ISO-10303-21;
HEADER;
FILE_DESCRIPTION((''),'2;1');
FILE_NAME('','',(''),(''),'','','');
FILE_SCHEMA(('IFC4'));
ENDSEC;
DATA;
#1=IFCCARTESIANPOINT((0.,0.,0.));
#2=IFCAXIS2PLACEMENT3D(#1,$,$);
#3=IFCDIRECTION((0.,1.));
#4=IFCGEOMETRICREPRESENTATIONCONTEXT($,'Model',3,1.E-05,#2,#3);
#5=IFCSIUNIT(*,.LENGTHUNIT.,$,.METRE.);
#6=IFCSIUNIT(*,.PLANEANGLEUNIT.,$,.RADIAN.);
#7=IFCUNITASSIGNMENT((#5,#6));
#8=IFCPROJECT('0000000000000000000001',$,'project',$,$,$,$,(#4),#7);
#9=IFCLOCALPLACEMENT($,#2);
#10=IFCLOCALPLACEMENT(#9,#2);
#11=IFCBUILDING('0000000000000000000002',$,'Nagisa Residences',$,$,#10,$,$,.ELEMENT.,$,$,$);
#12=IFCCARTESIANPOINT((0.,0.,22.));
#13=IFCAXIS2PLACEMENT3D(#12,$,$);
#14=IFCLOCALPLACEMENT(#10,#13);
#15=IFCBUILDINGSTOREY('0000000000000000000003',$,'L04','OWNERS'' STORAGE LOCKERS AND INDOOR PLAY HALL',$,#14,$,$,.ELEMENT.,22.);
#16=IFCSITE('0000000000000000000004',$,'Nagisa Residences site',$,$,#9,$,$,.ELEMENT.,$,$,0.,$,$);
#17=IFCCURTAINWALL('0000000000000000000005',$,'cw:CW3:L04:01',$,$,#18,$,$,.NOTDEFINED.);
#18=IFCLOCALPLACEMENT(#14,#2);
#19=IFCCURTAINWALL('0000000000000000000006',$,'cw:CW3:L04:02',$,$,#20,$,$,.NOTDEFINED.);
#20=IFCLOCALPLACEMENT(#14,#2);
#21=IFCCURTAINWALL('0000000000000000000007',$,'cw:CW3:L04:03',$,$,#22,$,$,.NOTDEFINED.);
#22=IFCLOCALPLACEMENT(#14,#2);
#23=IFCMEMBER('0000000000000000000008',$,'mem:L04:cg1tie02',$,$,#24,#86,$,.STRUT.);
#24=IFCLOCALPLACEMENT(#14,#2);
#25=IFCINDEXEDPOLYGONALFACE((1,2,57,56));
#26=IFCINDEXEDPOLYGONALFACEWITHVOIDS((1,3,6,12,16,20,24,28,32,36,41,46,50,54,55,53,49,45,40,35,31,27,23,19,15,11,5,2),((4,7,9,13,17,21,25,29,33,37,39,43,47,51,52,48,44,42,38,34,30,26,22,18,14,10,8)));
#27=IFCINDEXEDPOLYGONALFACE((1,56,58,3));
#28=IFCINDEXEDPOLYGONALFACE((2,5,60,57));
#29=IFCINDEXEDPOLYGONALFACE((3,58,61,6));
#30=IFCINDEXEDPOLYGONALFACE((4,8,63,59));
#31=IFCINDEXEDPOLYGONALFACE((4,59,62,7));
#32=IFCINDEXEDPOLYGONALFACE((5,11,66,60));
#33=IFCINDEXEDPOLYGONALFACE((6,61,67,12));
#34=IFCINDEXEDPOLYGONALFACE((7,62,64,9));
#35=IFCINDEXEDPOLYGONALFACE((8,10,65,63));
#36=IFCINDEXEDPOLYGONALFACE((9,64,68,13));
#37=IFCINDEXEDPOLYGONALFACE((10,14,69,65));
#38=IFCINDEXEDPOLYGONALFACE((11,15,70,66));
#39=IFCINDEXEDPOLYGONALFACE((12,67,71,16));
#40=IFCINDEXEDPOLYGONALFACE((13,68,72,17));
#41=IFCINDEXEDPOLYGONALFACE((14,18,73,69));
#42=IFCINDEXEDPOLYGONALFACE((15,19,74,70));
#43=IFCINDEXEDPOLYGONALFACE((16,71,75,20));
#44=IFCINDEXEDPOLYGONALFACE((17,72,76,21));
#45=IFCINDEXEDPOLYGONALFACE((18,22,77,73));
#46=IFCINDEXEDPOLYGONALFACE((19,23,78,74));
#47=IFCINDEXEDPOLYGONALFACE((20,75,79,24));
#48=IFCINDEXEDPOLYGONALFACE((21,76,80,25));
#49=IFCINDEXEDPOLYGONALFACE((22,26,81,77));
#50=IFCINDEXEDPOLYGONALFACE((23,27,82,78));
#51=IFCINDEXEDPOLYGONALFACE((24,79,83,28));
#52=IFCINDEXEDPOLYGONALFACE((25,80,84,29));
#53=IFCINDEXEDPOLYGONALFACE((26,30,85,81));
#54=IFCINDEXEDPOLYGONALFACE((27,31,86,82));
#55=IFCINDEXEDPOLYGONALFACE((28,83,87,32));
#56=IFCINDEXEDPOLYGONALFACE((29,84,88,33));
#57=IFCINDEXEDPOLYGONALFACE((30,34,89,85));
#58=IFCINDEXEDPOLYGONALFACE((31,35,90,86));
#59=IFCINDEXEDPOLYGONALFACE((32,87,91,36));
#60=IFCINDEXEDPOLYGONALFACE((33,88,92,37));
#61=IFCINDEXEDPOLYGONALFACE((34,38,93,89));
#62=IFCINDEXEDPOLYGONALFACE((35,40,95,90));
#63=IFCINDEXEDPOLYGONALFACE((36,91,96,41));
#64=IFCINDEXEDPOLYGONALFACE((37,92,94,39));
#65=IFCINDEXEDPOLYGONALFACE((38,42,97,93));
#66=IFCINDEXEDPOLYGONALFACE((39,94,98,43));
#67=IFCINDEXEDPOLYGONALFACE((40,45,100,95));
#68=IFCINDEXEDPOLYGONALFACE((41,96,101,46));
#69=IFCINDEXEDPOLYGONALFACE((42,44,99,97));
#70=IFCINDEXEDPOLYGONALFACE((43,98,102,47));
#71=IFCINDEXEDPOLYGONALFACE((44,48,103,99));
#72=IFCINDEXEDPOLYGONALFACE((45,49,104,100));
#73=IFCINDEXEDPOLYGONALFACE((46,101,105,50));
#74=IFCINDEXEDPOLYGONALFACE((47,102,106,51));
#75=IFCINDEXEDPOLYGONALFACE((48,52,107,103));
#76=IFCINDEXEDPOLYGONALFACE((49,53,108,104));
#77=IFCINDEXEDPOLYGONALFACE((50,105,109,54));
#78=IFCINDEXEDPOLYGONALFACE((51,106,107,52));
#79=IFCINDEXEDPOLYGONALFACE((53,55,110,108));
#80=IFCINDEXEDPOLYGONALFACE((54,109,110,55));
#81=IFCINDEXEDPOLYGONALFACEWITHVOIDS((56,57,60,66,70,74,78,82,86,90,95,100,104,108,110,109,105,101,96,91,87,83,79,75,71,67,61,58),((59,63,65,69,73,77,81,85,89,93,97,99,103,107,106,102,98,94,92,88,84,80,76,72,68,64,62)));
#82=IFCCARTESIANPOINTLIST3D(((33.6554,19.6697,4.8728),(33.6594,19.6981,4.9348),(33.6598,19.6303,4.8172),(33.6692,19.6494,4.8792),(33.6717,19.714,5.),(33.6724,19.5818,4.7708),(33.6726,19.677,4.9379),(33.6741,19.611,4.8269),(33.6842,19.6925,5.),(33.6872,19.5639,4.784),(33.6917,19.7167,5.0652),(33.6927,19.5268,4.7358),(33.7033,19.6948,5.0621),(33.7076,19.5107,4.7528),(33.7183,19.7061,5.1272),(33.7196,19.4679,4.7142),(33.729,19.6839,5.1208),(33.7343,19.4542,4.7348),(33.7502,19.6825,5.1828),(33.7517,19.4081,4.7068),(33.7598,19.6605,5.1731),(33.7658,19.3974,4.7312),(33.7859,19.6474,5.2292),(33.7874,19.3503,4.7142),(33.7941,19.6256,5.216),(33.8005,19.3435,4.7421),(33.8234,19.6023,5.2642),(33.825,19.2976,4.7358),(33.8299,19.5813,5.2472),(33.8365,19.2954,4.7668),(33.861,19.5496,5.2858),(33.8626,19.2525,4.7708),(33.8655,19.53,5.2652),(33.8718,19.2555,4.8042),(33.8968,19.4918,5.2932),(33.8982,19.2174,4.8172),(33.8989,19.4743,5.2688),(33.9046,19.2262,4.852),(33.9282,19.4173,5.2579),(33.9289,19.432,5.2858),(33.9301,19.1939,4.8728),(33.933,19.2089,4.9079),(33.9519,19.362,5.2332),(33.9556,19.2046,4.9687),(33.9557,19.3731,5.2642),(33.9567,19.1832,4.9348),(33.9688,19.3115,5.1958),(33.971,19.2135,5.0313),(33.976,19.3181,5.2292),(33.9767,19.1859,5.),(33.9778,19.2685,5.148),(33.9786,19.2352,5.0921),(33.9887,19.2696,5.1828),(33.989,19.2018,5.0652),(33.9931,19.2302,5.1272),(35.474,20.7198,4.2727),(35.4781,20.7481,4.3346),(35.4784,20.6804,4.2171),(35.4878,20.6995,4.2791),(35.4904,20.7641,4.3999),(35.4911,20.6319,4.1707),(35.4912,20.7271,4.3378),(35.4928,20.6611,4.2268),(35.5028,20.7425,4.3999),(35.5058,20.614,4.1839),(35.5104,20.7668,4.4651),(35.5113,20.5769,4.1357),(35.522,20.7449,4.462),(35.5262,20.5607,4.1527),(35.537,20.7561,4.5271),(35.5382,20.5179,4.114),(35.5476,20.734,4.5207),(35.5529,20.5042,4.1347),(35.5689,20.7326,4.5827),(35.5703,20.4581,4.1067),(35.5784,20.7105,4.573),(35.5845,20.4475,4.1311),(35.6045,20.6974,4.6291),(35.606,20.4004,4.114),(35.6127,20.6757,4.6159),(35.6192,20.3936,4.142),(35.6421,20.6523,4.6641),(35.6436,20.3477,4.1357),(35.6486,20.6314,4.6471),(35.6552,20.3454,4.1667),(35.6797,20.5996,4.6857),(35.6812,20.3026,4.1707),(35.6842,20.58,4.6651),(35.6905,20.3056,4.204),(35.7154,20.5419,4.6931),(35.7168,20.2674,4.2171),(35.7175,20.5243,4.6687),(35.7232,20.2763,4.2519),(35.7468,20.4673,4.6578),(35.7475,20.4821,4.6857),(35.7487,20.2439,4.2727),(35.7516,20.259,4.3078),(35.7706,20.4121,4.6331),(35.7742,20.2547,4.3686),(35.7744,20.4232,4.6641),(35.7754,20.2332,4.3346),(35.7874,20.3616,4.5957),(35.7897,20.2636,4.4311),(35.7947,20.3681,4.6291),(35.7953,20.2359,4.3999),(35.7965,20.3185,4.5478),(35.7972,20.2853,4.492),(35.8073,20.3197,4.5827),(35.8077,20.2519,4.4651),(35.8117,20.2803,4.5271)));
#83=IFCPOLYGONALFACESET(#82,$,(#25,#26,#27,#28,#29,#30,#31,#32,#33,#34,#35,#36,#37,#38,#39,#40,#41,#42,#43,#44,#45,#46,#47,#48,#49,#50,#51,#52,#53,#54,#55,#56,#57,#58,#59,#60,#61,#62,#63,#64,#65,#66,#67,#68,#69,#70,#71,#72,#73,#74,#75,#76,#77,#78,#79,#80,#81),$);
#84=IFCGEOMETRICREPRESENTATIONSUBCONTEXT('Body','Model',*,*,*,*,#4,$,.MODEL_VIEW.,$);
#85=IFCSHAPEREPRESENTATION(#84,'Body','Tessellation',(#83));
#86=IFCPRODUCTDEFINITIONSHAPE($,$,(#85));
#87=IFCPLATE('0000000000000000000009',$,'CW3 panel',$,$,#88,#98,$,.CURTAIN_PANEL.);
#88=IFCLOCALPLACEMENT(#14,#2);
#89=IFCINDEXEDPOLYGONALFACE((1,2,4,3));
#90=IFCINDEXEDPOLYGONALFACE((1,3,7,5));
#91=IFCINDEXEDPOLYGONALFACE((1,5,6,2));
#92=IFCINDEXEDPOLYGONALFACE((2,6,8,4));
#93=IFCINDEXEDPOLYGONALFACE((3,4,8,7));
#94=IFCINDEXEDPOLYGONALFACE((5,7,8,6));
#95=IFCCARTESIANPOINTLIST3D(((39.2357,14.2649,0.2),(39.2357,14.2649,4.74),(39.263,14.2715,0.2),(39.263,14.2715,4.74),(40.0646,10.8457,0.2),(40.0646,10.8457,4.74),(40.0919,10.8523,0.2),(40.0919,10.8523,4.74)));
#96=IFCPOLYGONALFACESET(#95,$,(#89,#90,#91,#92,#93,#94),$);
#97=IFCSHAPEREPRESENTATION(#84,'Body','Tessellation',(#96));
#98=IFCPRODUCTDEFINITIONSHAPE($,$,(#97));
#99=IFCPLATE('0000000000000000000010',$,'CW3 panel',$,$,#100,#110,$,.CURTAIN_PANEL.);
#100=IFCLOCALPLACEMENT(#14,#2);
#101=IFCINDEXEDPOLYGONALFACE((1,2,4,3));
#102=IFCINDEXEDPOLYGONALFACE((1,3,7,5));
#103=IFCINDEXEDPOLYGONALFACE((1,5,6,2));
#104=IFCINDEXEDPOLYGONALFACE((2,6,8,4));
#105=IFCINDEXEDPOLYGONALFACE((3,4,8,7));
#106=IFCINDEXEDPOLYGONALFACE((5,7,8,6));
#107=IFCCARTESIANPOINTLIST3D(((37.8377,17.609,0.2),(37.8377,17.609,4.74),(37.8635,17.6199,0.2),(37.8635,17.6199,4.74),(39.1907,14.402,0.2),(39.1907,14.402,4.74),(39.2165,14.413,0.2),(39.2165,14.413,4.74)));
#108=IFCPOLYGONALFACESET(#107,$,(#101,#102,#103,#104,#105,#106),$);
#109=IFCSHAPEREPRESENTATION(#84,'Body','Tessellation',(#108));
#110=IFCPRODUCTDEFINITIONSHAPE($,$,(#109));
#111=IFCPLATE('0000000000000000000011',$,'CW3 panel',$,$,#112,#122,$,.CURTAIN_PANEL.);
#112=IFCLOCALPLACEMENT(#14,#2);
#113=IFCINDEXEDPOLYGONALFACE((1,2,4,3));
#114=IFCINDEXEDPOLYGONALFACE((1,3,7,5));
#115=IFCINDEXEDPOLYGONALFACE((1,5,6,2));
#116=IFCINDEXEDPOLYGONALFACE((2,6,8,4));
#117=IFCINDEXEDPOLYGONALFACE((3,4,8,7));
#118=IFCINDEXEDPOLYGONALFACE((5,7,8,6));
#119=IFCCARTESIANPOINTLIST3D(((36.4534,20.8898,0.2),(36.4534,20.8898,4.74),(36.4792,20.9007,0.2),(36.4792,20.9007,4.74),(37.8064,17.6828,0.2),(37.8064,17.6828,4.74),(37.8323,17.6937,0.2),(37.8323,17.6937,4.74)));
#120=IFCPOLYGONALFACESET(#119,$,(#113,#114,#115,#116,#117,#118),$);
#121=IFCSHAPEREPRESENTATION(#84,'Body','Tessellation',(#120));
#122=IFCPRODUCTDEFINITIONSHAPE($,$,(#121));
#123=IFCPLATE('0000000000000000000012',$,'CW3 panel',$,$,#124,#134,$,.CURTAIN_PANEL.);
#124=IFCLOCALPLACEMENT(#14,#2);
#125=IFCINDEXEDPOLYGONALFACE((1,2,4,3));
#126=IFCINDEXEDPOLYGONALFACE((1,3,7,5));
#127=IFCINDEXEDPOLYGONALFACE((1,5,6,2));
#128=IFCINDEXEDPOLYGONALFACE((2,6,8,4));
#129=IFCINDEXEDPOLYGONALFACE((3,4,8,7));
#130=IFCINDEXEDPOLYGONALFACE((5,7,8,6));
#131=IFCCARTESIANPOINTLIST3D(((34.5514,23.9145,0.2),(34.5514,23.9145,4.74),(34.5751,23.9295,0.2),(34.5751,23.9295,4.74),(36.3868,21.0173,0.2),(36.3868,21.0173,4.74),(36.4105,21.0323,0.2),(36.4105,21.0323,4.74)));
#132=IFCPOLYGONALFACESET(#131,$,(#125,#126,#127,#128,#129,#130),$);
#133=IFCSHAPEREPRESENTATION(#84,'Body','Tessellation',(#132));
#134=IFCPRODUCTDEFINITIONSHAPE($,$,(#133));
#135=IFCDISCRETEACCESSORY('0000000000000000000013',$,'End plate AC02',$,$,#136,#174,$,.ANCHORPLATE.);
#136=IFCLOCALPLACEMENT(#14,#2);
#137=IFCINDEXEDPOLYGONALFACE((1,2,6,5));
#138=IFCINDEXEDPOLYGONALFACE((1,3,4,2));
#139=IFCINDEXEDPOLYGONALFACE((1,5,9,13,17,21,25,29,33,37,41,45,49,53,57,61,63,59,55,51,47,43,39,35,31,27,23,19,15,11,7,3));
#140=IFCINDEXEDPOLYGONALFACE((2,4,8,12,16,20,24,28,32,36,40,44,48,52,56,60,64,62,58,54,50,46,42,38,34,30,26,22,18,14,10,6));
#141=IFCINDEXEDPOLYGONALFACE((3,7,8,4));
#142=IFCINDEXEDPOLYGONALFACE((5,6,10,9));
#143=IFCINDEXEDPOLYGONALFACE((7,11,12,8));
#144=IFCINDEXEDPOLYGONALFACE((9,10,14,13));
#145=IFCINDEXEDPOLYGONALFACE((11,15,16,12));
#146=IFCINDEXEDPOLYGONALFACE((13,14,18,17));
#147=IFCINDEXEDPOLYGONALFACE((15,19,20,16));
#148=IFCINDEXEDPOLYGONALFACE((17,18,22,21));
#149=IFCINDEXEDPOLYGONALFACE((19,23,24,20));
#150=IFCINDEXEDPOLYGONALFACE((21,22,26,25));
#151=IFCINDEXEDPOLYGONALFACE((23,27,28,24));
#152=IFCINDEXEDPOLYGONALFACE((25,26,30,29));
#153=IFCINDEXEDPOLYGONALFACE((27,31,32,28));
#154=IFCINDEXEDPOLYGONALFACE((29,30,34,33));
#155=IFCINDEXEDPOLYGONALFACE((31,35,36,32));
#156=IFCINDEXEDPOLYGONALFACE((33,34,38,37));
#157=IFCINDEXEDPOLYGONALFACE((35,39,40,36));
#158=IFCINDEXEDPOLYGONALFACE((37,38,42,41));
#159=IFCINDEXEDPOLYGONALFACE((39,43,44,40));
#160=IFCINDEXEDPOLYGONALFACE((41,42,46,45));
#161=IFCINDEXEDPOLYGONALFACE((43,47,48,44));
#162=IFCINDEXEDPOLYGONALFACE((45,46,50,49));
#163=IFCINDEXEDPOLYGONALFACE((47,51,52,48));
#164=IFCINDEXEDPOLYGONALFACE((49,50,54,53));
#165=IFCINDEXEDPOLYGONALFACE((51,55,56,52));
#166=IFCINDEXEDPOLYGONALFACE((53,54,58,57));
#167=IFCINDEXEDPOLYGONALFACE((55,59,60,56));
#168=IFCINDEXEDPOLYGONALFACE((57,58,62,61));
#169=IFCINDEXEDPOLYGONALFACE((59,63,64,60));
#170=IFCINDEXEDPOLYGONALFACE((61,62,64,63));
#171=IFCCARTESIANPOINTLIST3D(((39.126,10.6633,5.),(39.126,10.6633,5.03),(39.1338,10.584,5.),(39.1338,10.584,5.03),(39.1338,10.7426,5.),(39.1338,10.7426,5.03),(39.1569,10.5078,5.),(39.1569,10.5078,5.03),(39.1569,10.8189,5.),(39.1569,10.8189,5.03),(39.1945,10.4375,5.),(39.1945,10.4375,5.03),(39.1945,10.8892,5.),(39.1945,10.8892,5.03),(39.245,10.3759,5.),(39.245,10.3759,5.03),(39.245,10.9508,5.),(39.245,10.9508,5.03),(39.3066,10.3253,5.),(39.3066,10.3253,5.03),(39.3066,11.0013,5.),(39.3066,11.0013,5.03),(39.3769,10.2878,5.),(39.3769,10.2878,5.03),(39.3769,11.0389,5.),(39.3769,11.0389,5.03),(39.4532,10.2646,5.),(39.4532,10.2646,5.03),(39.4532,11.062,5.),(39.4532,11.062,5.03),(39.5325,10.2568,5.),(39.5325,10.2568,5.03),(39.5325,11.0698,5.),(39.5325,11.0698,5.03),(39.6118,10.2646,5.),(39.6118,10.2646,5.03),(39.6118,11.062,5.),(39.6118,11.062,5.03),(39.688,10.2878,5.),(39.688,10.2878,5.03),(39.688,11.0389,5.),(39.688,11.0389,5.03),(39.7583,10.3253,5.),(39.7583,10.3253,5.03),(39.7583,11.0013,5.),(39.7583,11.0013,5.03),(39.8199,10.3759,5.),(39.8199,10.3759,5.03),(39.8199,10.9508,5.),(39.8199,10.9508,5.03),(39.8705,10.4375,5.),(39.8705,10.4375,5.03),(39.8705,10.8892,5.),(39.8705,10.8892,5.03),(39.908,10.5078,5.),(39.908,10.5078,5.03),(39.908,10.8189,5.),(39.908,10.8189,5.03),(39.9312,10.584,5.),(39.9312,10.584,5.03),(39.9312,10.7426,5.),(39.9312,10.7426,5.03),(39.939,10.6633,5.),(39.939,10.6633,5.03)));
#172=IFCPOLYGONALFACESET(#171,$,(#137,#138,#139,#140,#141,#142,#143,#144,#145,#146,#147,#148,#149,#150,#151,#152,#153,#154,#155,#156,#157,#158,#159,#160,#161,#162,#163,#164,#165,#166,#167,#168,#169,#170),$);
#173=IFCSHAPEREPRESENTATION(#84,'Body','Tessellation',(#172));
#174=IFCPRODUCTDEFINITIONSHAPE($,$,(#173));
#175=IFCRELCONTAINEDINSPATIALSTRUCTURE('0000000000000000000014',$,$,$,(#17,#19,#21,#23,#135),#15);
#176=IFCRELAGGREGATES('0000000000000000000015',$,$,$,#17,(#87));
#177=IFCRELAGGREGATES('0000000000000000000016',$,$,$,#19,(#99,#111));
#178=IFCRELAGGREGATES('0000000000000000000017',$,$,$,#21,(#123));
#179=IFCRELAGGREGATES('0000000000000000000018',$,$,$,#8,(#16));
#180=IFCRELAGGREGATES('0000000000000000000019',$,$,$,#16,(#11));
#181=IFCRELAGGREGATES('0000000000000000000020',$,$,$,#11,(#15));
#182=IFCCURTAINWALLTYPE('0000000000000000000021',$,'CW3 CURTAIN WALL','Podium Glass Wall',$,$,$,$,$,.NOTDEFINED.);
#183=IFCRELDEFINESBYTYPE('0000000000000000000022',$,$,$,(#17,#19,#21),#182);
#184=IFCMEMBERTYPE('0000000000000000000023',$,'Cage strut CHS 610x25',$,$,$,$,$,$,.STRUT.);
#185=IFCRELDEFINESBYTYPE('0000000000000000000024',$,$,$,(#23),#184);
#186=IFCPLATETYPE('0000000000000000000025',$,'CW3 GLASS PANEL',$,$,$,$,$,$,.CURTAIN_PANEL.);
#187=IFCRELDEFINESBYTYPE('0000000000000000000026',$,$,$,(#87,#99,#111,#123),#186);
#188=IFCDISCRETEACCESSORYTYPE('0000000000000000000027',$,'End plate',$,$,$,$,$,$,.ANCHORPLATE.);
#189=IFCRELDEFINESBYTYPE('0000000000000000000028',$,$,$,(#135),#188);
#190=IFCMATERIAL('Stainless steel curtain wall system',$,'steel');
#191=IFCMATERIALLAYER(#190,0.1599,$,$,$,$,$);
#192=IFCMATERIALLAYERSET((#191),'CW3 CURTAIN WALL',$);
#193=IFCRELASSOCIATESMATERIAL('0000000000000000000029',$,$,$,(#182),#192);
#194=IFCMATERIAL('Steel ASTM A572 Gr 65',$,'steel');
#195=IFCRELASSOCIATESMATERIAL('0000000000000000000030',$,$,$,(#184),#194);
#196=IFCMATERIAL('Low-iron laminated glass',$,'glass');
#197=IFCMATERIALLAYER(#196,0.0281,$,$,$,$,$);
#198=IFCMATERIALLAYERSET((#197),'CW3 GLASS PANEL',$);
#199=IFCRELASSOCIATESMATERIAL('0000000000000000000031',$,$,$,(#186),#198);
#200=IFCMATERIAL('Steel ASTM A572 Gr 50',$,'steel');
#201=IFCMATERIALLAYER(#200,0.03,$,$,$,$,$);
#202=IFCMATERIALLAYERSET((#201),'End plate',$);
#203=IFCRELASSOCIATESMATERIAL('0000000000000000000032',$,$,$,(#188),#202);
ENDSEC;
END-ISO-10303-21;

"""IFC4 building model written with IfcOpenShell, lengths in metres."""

from ifc_helpers import new_model, si_unit, direction, frame, origin, origin_2d, place, context, subcontext, project, spatial, rectangle, circle, hollow_circle, extrude, material, layer, layer_set, material_profile, profile_set, type_object, element, aggregate, save


model = new_model("IFC4")

# Units and contexts
model_context = context("Model", 3, precision=1e-05, world=origin(), true_north=direction((0.0, 1.0)))
body_context = subcontext(model_context, "Body", "Model", "MODEL_VIEW")
ifc_project = project(units=[si_unit("LENGTHUNIT", "METRE"), si_unit("PLANEANGLEUNIT", "RADIAN")], contexts=[model_context])

# Site, building, storey
site_placement = place(None, origin())
site = spatial("IfcSite", under=ifc_project, at=site_placement, Name="Nagisa Residences site", CompositionType="ELEMENT", RefElevation=0.0)
building_placement = place(site_placement, origin())
building = spatial("IfcBuilding", under=site, at=building_placement, Name="Nagisa Residences", CompositionType="ELEMENT")
storey_placement = place(building_placement, frame((0.0, 0.0, 22.0)))
storey = spatial("IfcBuildingStorey", under=building, at=storey_placement, Name="L04", Description="OWNERS' STORAGE LOCKERS AND INDOOR PLAY HALL", CompositionType="ELEMENT", Elevation=22.0)

# Curtain walls
ifc_material_1 = material(Name="Stainless steel curtain wall system", Category="steel")
ifc_layer_1 = layer(ifc_material_1, 0.1599)
ifc_layer_set_1 = layer_set([ifc_layer_1], Name="CW3 CURTAIN WALL")
curtain_wall_type = type_object("IfcCurtainWallType", Name="CW3 CURTAIN WALL", Description="Podium Glass Wall", PredefinedType="NOTDEFINED", material=ifc_layer_set_1)
curtain_wall_1_placement = place(storey_placement, origin())
curtain_wall_1 = element("IfcCurtainWall", 1, at=curtain_wall_1_placement, inside=storey, type_object=curtain_wall_type, Name="cw:CW3:L04:01", PredefinedType="NOTDEFINED")
curtain_wall_2_placement = place(storey_placement, origin())
curtain_wall_2 = element("IfcCurtainWall", 2, at=curtain_wall_2_placement, inside=storey, type_object=curtain_wall_type, Name="cw:CW3:L04:02", PredefinedType="NOTDEFINED")

# Curtain wall
curtain_wall_3_placement = place(storey_placement, origin())
curtain_wall_3 = element("IfcCurtainWall", 3, at=curtain_wall_3_placement, inside=storey, type_object=curtain_wall_type, Name="cw:CW3:L04:03", PredefinedType="NOTDEFINED")

# Member
ifc_material_2 = material(Name="Steel ASTM A572 Gr 65", Category="steel")
ifc_material_profile_1 = material_profile(ifc_material_2, hollow_circle(Radius=0.3049, WallThickness=0.0249, at=origin_2d()), Name="CHS 610x25")
ifc_profile_set_1 = profile_set([ifc_material_profile_1], Name="Steel ASTM A572 Gr 65")
member_type_1 = type_object("IfcMemberType", Name="Cage strut CHS 610x25", PredefinedType="STRUT", material=ifc_profile_set_1)
member_1_placement = place(storey_placement, frame((33.8242, 19.45, 5.0), z_axis=(0.832678, 0.480782, -0.274765), x_axis=(-0.500028, 0.866009, 0.0)))
element("IfcMember", 4, at=member_1_placement, inside=storey, type_object=member_type_1, Name="mem:L04:cg1tie02", PredefinedType="STRUT", context=body_context, shape_type="SweptSolid", body=[
    extrude(hollow_circle(Radius=0.3049, WallThickness=0.0249, at=origin_2d()), origin(), (0.0, 0.0, 1.0), 2.1841),
])

# Plates
ifc_material_3 = material(Name="Low-iron laminated glass", Category="glass")
ifc_layer_2 = layer(ifc_material_3, 0.0281)
ifc_layer_set_2 = layer_set([ifc_layer_2], Name="CW3 GLASS PANEL")
plate_type = type_object("IfcPlateType", Name="CW3 GLASS PANEL", PredefinedType="CURTAIN_PANEL", material=ifc_layer_set_2)
plate_1_placement = place(storey_placement, frame((39.6638, 12.5586, 0.2), z_axis=(0.0, 0.0, 1.0), x_axis=(-0.235606, 0.971849, 0.0)))
plate_1 = element("IfcPlate", 5, at=plate_1_placement, type_object=plate_type, Name="CW3 panel", PredefinedType="CURTAIN_PANEL", context=body_context, shape_type="SweptSolid", body=[
    extrude(rectangle(XDim=3.5183, YDim=0.0281, at=origin_2d()), origin(), (0.0, 0.0, 1.0), 4.54),
])
aggregate(curtain_wall_1, [plate_1])
plate_2_placement = place(storey_placement, frame((38.5271, 16.011, 0.2), z_axis=(0.0, 0.0, 1.0), x_axis=(-0.388718, 0.921357, 0.0)))
plate_2 = element("IfcPlate", 6, at=plate_2_placement, type_object=plate_type, Name="CW3 panel", PredefinedType="CURTAIN_PANEL", context=body_context, shape_type="SweptSolid", body=[
    extrude(rectangle(XDim=3.4807, YDim=0.0281, at=origin_2d()), origin(), (0.0, 0.0, 1.0), 4.54),
])
plate_3_placement = place(storey_placement, frame((37.1428, 19.2917, 0.2), z_axis=(0.0, 0.0, 1.0), x_axis=(-0.388718, 0.921357, 0.0)))
plate_3 = element("IfcPlate", 7, at=plate_3_placement, type_object=plate_type, Name="CW3 panel", PredefinedType="CURTAIN_PANEL", context=body_context, shape_type="SweptSolid", body=[
    extrude(rectangle(XDim=3.4807, YDim=0.0281, at=origin_2d()), origin(), (0.0, 0.0, 1.0), 4.54),
])
aggregate(curtain_wall_2, [plate_2, plate_3])
plate_4_placement = place(storey_placement, frame((35.481, 22.4734, 0.2), z_axis=(0.0, 0.0, 1.0), x_axis=(-0.535165, 0.844747, 0.0)))
plate_4 = element("IfcPlate", 8, at=plate_4_placement, type_object=plate_type, Name="CW3 panel", PredefinedType="CURTAIN_PANEL", context=body_context, shape_type="SweptSolid", body=[
    extrude(rectangle(XDim=3.4297, YDim=0.0281, at=origin_2d()), origin(), (0.0, 0.0, 1.0), 4.54),
])
aggregate(curtain_wall_3, [plate_4])

# Discrete accessory
ifc_material_4 = material(Name="Steel ASTM A572 Gr 50", Category="steel")
ifc_layer_3 = layer(ifc_material_4, 0.03)
ifc_layer_set_3 = layer_set([ifc_layer_3], Name="End plate")
discrete_accessory_type_1 = type_object("IfcDiscreteAccessoryType", Name="End plate", PredefinedType="ANCHORPLATE", material=ifc_layer_set_3)
for number, where, z_axis, x_axis, name in (
    (9, (39.5325, 10.6633, 5.0), (0.0, 0.0, 1.0), (1.0, 0.0, 0.0), "End plate AC02"),
):
    element("IfcDiscreteAccessory", number, at=place(storey_placement, frame(where, z_axis=z_axis, x_axis=x_axis)), inside=storey, type_object=discrete_accessory_type_1, Name=name, PredefinedType="ANCHORPLATE", context=body_context, shape_type="SweptSolid", body=[
        extrude(circle(Radius=0.4065, at=origin_2d()), origin(), (0.0, 0.0, 1.0), 0.03),
    ])

save(model, "model.ifc")
